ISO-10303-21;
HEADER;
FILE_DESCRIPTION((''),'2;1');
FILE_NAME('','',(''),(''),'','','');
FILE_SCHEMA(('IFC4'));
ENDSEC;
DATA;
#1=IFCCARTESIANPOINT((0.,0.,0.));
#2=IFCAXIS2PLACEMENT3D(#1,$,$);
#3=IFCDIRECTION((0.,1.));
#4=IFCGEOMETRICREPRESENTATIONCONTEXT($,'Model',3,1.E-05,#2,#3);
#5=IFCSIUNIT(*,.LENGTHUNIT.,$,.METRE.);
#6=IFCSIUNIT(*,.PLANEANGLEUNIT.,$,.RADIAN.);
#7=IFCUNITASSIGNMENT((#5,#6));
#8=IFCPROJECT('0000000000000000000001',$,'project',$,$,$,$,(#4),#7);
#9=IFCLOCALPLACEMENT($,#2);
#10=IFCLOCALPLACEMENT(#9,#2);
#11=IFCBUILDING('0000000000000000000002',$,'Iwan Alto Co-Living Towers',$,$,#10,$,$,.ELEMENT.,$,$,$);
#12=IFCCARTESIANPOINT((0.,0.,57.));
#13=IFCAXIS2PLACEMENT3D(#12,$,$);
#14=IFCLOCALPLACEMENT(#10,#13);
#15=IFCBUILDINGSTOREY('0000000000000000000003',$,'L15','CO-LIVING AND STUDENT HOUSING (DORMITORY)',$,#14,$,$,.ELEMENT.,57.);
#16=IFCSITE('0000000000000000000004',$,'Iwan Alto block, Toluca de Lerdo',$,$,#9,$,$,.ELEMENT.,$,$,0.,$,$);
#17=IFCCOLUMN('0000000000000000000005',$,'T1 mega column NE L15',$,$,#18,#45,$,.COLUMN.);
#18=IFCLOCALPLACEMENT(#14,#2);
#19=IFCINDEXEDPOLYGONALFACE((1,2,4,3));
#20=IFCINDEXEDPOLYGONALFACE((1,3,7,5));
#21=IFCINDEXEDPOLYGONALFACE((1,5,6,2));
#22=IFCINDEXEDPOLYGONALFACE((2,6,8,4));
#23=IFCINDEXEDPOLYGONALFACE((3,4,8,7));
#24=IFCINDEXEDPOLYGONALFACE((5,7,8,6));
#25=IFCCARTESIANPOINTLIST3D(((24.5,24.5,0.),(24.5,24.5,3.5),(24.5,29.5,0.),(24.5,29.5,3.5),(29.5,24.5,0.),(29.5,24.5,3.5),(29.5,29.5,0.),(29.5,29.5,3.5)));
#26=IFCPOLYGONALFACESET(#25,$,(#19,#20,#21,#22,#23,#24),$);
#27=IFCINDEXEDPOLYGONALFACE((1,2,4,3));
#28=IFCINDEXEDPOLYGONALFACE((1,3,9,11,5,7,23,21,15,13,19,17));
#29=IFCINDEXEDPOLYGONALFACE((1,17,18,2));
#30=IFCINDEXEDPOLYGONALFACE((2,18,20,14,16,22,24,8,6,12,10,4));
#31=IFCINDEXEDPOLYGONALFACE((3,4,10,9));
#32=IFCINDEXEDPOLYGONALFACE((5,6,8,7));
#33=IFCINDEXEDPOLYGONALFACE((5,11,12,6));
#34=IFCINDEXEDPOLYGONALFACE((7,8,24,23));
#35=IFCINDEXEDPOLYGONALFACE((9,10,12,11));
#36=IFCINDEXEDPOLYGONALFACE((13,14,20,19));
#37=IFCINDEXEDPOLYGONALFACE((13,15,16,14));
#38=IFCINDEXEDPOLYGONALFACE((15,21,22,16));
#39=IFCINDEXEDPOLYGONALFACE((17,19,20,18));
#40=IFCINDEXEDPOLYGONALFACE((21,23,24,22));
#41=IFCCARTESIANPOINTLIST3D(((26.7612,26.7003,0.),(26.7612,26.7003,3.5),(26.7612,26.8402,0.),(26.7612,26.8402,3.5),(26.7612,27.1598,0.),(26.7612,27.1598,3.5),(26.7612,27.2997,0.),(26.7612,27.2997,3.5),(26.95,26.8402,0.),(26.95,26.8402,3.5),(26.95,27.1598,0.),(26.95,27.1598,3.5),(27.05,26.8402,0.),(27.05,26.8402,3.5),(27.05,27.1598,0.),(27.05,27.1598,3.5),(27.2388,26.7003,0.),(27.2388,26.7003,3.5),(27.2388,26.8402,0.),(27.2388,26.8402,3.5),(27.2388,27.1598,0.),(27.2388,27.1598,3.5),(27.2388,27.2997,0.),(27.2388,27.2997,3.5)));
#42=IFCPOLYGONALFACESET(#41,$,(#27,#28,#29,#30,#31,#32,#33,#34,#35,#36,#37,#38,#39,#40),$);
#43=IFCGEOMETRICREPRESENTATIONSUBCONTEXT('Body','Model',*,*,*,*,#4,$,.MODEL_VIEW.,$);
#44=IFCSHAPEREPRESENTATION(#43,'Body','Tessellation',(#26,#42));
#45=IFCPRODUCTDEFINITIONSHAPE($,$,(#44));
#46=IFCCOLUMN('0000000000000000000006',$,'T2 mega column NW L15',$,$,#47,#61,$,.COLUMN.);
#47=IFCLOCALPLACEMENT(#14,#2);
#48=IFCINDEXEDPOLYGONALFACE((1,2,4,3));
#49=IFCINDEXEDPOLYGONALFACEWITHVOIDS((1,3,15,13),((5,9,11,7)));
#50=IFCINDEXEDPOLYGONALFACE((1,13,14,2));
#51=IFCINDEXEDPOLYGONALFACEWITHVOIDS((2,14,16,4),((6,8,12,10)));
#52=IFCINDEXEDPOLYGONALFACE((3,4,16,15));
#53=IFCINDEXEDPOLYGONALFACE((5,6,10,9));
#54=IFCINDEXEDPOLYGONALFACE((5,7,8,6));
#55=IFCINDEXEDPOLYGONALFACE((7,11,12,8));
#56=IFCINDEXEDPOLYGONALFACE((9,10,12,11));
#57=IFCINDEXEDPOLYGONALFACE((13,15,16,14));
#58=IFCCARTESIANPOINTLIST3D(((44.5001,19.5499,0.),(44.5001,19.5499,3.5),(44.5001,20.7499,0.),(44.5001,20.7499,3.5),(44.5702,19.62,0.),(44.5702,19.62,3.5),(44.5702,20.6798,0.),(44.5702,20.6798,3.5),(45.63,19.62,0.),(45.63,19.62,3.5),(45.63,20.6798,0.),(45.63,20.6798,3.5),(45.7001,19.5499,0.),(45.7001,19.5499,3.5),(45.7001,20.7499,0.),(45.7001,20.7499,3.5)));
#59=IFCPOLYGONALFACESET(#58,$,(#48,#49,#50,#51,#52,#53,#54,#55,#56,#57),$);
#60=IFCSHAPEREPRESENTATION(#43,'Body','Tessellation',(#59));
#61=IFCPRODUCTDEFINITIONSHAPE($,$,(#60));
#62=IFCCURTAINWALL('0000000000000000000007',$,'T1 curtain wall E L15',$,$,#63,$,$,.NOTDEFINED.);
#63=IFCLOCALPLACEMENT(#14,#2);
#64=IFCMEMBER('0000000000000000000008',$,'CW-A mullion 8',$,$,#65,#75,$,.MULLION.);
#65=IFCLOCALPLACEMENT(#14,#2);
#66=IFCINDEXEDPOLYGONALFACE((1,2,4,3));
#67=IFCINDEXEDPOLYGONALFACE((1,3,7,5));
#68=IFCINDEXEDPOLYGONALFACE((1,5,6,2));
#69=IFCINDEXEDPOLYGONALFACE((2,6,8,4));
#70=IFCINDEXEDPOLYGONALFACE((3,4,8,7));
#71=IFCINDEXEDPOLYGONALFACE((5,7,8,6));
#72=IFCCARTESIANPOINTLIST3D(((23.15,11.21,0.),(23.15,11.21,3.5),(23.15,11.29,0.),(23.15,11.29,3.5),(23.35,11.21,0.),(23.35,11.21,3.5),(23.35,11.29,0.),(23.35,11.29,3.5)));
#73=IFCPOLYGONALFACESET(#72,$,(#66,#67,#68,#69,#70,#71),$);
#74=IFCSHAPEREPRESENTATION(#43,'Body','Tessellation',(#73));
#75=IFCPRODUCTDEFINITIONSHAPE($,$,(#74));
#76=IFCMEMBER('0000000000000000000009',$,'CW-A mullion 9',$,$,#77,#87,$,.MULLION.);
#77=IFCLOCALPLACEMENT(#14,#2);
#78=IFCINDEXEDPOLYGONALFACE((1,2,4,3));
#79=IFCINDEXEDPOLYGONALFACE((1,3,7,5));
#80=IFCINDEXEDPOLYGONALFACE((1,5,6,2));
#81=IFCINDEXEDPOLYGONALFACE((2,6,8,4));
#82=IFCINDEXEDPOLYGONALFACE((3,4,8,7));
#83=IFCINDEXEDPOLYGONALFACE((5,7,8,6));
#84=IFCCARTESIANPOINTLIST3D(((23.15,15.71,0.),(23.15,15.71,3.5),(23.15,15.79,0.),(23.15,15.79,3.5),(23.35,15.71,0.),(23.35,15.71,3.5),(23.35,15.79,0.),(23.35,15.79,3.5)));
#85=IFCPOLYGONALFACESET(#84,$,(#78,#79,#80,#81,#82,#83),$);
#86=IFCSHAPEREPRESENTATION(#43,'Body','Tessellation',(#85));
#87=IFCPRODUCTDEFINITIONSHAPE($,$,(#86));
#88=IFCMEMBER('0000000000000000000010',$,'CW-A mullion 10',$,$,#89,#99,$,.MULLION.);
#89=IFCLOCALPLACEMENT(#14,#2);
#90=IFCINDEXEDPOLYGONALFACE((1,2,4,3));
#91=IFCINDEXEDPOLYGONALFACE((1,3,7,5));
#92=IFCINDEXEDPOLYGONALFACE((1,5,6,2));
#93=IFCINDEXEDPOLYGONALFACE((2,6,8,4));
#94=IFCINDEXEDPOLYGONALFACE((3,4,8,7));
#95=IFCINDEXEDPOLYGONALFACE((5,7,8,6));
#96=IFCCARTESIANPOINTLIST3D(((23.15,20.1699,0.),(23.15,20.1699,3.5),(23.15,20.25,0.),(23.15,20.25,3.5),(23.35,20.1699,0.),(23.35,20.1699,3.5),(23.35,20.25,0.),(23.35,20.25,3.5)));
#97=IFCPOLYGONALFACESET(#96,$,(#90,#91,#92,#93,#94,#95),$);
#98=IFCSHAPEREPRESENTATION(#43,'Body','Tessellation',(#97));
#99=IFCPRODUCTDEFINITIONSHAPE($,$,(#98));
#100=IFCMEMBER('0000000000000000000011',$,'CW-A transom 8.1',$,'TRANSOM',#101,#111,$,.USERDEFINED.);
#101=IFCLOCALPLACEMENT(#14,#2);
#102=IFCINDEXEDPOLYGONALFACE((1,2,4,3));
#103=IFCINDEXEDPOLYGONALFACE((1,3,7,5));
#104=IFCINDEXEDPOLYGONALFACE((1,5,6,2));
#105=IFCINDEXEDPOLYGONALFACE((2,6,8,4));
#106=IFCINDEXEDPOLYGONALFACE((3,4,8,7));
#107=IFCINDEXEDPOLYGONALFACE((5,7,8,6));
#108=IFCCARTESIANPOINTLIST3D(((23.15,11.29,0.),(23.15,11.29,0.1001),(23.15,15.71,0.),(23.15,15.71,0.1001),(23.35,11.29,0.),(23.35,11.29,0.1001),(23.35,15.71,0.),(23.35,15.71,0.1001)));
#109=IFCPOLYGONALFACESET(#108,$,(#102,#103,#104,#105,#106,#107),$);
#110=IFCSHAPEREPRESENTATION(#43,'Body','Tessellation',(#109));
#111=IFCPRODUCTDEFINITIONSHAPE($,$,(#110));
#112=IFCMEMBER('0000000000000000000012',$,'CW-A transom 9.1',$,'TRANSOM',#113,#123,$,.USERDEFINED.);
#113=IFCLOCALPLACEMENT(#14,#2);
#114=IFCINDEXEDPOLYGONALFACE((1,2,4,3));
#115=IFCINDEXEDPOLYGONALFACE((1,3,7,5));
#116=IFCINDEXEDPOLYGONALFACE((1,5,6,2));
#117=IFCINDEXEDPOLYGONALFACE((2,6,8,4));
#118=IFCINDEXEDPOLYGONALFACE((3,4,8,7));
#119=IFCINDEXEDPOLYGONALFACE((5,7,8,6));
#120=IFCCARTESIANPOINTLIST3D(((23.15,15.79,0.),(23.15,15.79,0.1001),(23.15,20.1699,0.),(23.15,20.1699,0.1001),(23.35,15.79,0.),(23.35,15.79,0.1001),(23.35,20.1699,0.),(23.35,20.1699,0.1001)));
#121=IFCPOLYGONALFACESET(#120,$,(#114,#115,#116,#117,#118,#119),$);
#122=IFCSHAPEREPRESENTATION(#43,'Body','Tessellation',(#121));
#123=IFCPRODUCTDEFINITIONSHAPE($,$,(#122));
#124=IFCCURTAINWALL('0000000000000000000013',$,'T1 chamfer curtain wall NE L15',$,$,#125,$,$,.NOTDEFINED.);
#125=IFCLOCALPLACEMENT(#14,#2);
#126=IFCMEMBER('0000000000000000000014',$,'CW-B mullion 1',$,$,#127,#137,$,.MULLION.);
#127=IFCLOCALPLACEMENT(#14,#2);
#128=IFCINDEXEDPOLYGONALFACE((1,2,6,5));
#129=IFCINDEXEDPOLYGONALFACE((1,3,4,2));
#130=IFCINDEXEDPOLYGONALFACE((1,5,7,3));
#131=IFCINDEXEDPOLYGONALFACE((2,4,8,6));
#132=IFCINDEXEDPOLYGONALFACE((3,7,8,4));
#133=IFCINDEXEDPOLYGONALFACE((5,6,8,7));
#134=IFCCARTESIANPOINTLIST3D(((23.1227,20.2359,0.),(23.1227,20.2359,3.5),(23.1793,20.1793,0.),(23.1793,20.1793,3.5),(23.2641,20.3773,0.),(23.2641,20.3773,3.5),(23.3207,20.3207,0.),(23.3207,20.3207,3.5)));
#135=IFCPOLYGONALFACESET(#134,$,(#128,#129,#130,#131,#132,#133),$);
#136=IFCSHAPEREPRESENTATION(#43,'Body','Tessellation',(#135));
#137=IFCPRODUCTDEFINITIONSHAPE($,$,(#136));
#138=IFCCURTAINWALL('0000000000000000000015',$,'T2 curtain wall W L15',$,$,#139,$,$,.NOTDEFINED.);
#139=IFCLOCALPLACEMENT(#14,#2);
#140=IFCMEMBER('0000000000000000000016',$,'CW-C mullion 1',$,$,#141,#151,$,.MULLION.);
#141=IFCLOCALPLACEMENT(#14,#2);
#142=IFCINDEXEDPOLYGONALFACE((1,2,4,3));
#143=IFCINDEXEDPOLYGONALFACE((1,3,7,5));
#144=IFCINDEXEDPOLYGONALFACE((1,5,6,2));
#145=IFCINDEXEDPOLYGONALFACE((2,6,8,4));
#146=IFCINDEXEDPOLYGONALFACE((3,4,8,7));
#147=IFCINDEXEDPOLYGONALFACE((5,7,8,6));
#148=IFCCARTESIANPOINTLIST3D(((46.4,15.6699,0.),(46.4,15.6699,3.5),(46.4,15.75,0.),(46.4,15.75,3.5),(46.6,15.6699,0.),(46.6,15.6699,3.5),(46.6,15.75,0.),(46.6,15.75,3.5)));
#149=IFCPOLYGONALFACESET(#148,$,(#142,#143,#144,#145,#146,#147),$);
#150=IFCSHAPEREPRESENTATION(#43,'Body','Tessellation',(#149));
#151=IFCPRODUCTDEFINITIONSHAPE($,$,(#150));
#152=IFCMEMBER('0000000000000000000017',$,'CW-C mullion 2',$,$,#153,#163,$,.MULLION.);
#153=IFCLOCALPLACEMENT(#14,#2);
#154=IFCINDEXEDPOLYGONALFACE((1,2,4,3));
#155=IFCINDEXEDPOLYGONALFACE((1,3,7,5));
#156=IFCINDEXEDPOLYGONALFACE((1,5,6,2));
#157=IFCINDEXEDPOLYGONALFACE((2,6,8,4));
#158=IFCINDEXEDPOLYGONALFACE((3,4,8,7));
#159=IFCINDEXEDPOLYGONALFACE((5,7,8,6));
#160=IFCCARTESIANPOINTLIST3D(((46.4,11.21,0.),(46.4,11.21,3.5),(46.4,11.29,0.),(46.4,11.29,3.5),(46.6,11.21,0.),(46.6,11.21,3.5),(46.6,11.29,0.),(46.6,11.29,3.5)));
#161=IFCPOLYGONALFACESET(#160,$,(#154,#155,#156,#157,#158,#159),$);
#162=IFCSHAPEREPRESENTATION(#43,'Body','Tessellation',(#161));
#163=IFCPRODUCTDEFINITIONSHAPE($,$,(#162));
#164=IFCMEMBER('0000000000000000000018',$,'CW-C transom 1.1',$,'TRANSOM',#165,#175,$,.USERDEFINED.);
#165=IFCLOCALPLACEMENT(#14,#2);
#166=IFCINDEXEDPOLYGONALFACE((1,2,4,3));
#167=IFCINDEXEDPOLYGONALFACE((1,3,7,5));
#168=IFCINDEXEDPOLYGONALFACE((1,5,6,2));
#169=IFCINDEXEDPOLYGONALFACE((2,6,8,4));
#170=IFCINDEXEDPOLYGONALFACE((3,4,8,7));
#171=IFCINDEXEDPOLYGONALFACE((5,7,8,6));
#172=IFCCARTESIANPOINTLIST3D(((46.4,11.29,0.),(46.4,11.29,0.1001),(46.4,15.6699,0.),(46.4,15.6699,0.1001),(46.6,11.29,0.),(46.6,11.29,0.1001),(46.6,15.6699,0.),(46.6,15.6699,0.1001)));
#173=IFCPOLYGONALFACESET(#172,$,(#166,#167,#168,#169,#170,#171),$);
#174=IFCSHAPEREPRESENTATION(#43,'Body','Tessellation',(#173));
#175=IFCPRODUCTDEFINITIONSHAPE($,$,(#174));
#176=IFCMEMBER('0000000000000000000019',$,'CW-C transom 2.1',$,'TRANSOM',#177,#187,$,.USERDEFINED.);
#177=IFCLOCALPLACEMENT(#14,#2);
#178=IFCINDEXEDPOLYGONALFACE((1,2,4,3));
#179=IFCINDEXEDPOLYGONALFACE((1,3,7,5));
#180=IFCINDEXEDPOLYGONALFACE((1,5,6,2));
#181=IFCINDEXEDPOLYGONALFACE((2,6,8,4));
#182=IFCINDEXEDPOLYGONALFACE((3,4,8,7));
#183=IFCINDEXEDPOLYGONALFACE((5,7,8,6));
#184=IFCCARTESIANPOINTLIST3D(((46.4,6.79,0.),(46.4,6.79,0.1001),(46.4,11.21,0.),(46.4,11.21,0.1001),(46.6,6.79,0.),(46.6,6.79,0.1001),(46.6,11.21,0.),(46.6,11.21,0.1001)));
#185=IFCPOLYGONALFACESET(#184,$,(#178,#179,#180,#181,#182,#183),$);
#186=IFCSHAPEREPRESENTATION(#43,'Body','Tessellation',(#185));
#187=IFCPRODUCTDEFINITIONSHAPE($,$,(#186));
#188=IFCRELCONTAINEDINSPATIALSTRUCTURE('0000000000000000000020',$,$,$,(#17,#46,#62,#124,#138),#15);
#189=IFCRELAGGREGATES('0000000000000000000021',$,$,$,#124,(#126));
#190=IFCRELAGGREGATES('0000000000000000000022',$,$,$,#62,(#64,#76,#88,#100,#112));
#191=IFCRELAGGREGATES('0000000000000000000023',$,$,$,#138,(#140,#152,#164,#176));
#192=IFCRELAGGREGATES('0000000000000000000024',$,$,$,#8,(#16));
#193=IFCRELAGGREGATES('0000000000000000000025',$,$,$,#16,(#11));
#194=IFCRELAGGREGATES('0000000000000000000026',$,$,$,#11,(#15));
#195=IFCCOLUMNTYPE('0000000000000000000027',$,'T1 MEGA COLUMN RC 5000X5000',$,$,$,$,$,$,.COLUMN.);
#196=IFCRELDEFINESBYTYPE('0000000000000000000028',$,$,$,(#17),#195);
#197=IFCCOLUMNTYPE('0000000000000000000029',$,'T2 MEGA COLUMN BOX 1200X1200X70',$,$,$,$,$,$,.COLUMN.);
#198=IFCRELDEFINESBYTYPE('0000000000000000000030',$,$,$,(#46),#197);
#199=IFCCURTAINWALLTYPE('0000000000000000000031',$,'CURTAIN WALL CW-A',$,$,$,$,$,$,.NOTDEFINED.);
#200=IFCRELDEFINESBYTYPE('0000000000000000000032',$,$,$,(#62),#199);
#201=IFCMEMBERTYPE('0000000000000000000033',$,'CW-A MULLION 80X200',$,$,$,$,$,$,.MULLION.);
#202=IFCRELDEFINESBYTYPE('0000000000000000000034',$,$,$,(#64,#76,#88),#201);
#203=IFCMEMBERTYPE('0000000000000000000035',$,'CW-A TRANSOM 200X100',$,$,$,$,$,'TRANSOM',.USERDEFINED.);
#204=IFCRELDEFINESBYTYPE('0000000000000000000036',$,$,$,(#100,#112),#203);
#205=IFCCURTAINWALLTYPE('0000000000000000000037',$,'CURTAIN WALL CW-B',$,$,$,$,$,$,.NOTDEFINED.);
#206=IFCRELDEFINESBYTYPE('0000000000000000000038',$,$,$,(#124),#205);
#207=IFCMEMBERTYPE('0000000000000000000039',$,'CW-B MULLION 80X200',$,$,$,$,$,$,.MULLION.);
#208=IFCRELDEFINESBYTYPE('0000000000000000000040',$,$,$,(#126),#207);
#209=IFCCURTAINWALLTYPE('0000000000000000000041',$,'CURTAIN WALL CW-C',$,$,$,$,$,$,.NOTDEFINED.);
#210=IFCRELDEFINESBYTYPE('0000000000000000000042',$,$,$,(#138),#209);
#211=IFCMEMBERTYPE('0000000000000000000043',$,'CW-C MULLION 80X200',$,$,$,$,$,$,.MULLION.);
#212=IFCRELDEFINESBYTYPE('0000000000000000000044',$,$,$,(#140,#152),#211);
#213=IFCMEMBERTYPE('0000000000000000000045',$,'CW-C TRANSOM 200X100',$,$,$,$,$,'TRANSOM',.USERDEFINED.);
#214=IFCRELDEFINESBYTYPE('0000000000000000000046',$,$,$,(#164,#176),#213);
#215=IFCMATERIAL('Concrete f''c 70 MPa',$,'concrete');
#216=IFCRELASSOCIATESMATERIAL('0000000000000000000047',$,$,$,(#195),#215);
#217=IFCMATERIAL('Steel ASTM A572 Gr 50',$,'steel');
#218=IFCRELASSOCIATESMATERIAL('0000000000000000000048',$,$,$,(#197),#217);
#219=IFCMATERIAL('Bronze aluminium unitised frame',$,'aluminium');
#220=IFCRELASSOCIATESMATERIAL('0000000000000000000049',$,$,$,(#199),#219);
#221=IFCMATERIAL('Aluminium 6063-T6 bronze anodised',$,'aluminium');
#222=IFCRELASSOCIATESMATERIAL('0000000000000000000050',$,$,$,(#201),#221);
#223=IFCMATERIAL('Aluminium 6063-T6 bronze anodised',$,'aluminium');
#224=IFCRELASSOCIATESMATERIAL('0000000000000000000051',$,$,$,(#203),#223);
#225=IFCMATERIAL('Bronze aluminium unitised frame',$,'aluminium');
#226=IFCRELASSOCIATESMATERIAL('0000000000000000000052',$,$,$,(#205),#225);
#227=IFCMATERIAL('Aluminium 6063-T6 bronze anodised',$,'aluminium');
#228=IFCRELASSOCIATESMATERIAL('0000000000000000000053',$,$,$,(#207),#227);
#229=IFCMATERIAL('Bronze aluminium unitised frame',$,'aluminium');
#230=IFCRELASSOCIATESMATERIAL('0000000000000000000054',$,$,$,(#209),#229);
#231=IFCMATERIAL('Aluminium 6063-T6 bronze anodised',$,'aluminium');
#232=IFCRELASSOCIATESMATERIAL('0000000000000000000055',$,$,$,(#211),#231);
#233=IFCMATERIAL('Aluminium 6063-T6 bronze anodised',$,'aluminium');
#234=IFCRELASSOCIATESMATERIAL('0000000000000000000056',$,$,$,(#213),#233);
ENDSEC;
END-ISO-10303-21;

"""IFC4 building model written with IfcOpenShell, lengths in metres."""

from ifc_helpers import new_model, si_unit, direction, frame, origin, origin_2d, place, context, subcontext, project, spatial, rectangle, hollow_rectangle, i_section, extrude, material, material_profile, profile_set, type_object, element, aggregate, save


model = new_model("IFC4")

# Units and contexts
model_context = context("Model", 3, precision=1e-05, world=origin(), true_north=direction((0.0, 1.0)))
body_context = subcontext(model_context, "Body", "Model", "MODEL_VIEW")
ifc_project = project(units=[si_unit("LENGTHUNIT", "METRE"), si_unit("PLANEANGLEUNIT", "RADIAN")], contexts=[model_context])

# Site, building, storey
site_placement = place(None, origin())
site = spatial("IfcSite", under=ifc_project, at=site_placement, Name="Iwan Alto block, Toluca de Lerdo", CompositionType="ELEMENT", RefElevation=0.0)
building_placement = place(site_placement, origin())
building = spatial("IfcBuilding", under=site, at=building_placement, Name="Iwan Alto Co-Living Towers", CompositionType="ELEMENT")
storey_placement = place(building_placement, frame((0.0, 0.0, 57.0)))
storey = spatial("IfcBuildingStorey", under=building, at=storey_placement, Name="L15", Description="CO-LIVING AND STUDENT HOUSING (DORMITORY)", CompositionType="ELEMENT", Elevation=57.0)

# Columns
ifc_material_1 = material(Name="Concrete f'c 70 MPa", Category="concrete")
ifc_material_profile_1 = material_profile(ifc_material_1, rectangle(XDim=5.0, YDim=5.0, at=origin_2d()), Name="RC 5000X5000")
ifc_profile_set_1 = profile_set([ifc_material_profile_1], Name="Concrete f'c 70 MPa")
column_type_1 = type_object("IfcColumnType", Name="T1 MEGA COLUMN RC 5000X5000", PredefinedType="COLUMN", material=ifc_profile_set_1)
column_1_placement = place(storey_placement, frame((27.0, 27.0, 0.0), z_axis=(0.0, 0.0, 1.0), x_axis=(1.0, 0.0, 0.0)))
element("IfcColumn", 1, at=column_1_placement, inside=storey, type_object=column_type_1, Name="T1 mega column NE L15", PredefinedType="COLUMN", context=body_context, shape_type="SweptSolid", body=[
    extrude(rectangle(XDim=5.0, YDim=5.0, at=origin_2d()), origin(), (0.0, 0.0, 1.0), 3.5),
    extrude(i_section(OverallWidth=0.4775, OverallDepth=0.5994, WebThickness=0.1001, FlangeThickness=0.1399, at=origin_2d()), origin(), (0.0, 0.0, 1.0), 3.5),
])
ifc_material_2 = material(Name="Steel ASTM A572 Gr 50", Category="steel")
ifc_material_profile_2 = material_profile(ifc_material_2, hollow_rectangle(XDim=1.2, YDim=1.2, WallThickness=0.0701, at=origin_2d()), Name="BOX 1200X1200X70")
ifc_profile_set_2 = profile_set([ifc_material_profile_2], Name="Steel ASTM A572 Gr 50")
column_type_2 = type_object("IfcColumnType", Name="T2 MEGA COLUMN BOX 1200X1200X70", PredefinedType="COLUMN", material=ifc_profile_set_2)
column_2_placement = place(storey_placement, frame((45.1001, 20.1499, 0.0), z_axis=(0.0, 0.0, 1.0), x_axis=(1.0, 0.0, 0.0)))
element("IfcColumn", 2, at=column_2_placement, inside=storey, type_object=column_type_2, Name="T2 mega column NW L15", PredefinedType="COLUMN", context=body_context, shape_type="SweptSolid", body=[
    extrude(hollow_rectangle(XDim=1.2, YDim=1.2, WallThickness=0.0701, at=origin_2d()), origin(), (0.0, 0.0, 1.0), 3.5),
])

# Curtain wall, members
ifc_material_3 = material(Name="Bronze aluminium unitised frame", Category="aluminium")
curtain_wall_type_1 = type_object("IfcCurtainWallType", Name="CURTAIN WALL CW-A", PredefinedType="NOTDEFINED", material=ifc_material_3)
curtain_wall_1_placement = place(storey_placement, origin())
curtain_wall_1 = element("IfcCurtainWall", 3, at=curtain_wall_1_placement, inside=storey, type_object=curtain_wall_type_1, Name="T1 curtain wall E L15", PredefinedType="NOTDEFINED")
ifc_material_4 = material(Name="Aluminium 6063-T6 bronze anodised", Category="aluminium")
ifc_material_profile_3 = material_profile(ifc_material_4, rectangle(XDim=0.2, YDim=0.0801, at=origin_2d()), Name="AL 80X200")
ifc_profile_set_3 = profile_set([ifc_material_profile_3], Name="Aluminium 6063-T6 bronze anodised")
member_type_1 = type_object("IfcMemberType", Name="CW-A MULLION 80X200", PredefinedType="MULLION", material=ifc_profile_set_3)
member_1_placement = place(storey_placement, frame((23.25, 11.25, 0.0), z_axis=(0.0, 0.0, 1.0), x_axis=(-1.0, 0.0, 0.0)))
member_1 = element("IfcMember", 4, at=member_1_placement, type_object=member_type_1, Name="CW-A mullion 8", PredefinedType="MULLION", context=body_context, shape_type="SweptSolid", body=[
    extrude(rectangle(XDim=0.2, YDim=0.0801, at=origin_2d()), origin(), (0.0, 0.0, 1.0), 3.5),
])
member_2_placement = place(storey_placement, frame((23.25, 15.75, 0.0), z_axis=(0.0, 0.0, 1.0), x_axis=(-1.0, 0.0, 0.0)))
member_2 = element("IfcMember", 5, at=member_2_placement, type_object=member_type_1, Name="CW-A mullion 9", PredefinedType="MULLION", context=body_context, shape_type="SweptSolid", body=[
    extrude(rectangle(XDim=0.2, YDim=0.0801, at=origin_2d()), origin(), (0.0, 0.0, 1.0), 3.5),
])
member_3_placement = place(storey_placement, frame((23.25, 20.21, 0.0), z_axis=(0.0, 0.0, 1.0), x_axis=(-1.0, 0.0, 0.0)))
member_3 = element("IfcMember", 6, at=member_3_placement, type_object=member_type_1, Name="CW-A mullion 10", PredefinedType="MULLION", context=body_context, shape_type="SweptSolid", body=[
    extrude(rectangle(XDim=0.2, YDim=0.0801, at=origin_2d()), origin(), (0.0, 0.0, 1.0), 3.5),
])
ifc_material_5 = material(Name="Aluminium 6063-T6 bronze anodised", Category="aluminium")
ifc_material_profile_4 = material_profile(ifc_material_5, rectangle(XDim=0.2, YDim=0.1001, at=origin_2d()), Name="AL 200X100")
ifc_profile_set_4 = profile_set([ifc_material_profile_4], Name="Aluminium 6063-T6 bronze anodised")
member_type_2 = type_object("IfcMemberType", Name="CW-A TRANSOM 200X100", ElementType="TRANSOM", PredefinedType="USERDEFINED", material=ifc_profile_set_4)
member_4_placement = place(storey_placement, frame((23.25, 11.29, 0.05), z_axis=(0.0, 1.0, 0.0), x_axis=(-1.0, 0.0, 0.0)))
member_4 = element("IfcMember", 7, at=member_4_placement, type_object=member_type_2, Name="CW-A transom 8.1", ObjectType="TRANSOM", PredefinedType="USERDEFINED", context=body_context, shape_type="SweptSolid", body=[
    extrude(rectangle(XDim=0.2, YDim=0.1001, at=origin_2d()), origin(), (0.0, 0.0, 1.0), 4.4199),
])
member_5_placement = place(storey_placement, frame((23.25, 15.79, 0.05), z_axis=(0.0, 1.0, 0.0), x_axis=(-1.0, 0.0, 0.0)))
member_5 = element("IfcMember", 8, at=member_5_placement, type_object=member_type_2, Name="CW-A transom 9.1", ObjectType="TRANSOM", PredefinedType="USERDEFINED", context=body_context, shape_type="SweptSolid", body=[
    extrude(rectangle(XDim=0.2, YDim=0.1001, at=origin_2d()), origin(), (0.0, 0.0, 1.0), 4.3799),
])

# Curtain wall, member
ifc_material_6 = material(Name="Bronze aluminium unitised frame", Category="aluminium")
curtain_wall_type_2 = type_object("IfcCurtainWallType", Name="CURTAIN WALL CW-B", PredefinedType="NOTDEFINED", material=ifc_material_6)
curtain_wall_2_placement = place(storey_placement, origin())
curtain_wall_2 = element("IfcCurtainWall", 9, at=curtain_wall_2_placement, inside=storey, type_object=curtain_wall_type_2, Name="T1 chamfer curtain wall NE L15", PredefinedType="NOTDEFINED")
ifc_material_7 = material(Name="Aluminium 6063-T6 bronze anodised", Category="aluminium")
ifc_material_profile_5 = material_profile(ifc_material_7, rectangle(XDim=0.2, YDim=0.0801, at=origin_2d()), Name="AL 80X200")
ifc_profile_set_5 = profile_set([ifc_material_profile_5], Name="Aluminium 6063-T6 bronze anodised")
member_type_3 = type_object("IfcMemberType", Name="CW-B MULLION 80X200", PredefinedType="MULLION", material=ifc_profile_set_5)
member_6_placement = place(storey_placement, frame((23.2217, 20.2783, 0.0), z_axis=(0.0, 0.0, 1.0), x_axis=(-0.707107, -0.707107, 0.0)))
member_6 = element("IfcMember", 10, at=member_6_placement, type_object=member_type_3, Name="CW-B mullion 1", PredefinedType="MULLION", context=body_context, shape_type="SweptSolid", body=[
    extrude(rectangle(XDim=0.2, YDim=0.0801, at=origin_2d()), origin(), (0.0, 0.0, 1.0), 3.5),
])
aggregate(curtain_wall_2, [member_6])

# Curtain wall, members
ifc_material_8 = material(Name="Bronze aluminium unitised frame", Category="aluminium")
curtain_wall_type_3 = type_object("IfcCurtainWallType", Name="CURTAIN WALL CW-C", PredefinedType="NOTDEFINED", material=ifc_material_8)
curtain_wall_3_placement = place(storey_placement, origin())
curtain_wall_3 = element("IfcCurtainWall", 11, at=curtain_wall_3_placement, inside=storey, type_object=curtain_wall_type_3, Name="T2 curtain wall W L15", PredefinedType="NOTDEFINED")
ifc_material_9 = material(Name="Aluminium 6063-T6 bronze anodised", Category="aluminium")
ifc_material_profile_6 = material_profile(ifc_material_9, rectangle(XDim=0.2, YDim=0.0801, at=origin_2d()), Name="AL 80X200")
ifc_profile_set_6 = profile_set([ifc_material_profile_6], Name="Aluminium 6063-T6 bronze anodised")
member_type_4 = type_object("IfcMemberType", Name="CW-C MULLION 80X200", PredefinedType="MULLION", material=ifc_profile_set_6)
member_7_placement = place(storey_placement, frame((46.5, 15.71, 0.0), z_axis=(0.0, 0.0, 1.0), x_axis=(1.0, 0.0, 0.0)))
member_7 = element("IfcMember", 12, at=member_7_placement, type_object=member_type_4, Name="CW-C mullion 1", PredefinedType="MULLION", context=body_context, shape_type="SweptSolid", body=[
    extrude(rectangle(XDim=0.2, YDim=0.0801, at=origin_2d()), origin(), (0.0, 0.0, 1.0), 3.5),
])
member_8_placement = place(storey_placement, frame((46.5, 11.25, 0.0), z_axis=(0.0, 0.0, 1.0), x_axis=(1.0, 0.0, 0.0)))
member_8 = element("IfcMember", 13, at=member_8_placement, type_object=member_type_4, Name="CW-C mullion 2", PredefinedType="MULLION", context=body_context, shape_type="SweptSolid", body=[
    extrude(rectangle(XDim=0.2, YDim=0.0801, at=origin_2d()), origin(), (0.0, 0.0, 1.0), 3.5),
])
ifc_material_10 = material(Name="Aluminium 6063-T6 bronze anodised", Category="aluminium")
ifc_material_profile_7 = material_profile(ifc_material_10, rectangle(XDim=0.2, YDim=0.1001, at=origin_2d()), Name="AL 200X100")
ifc_profile_set_7 = profile_set([ifc_material_profile_7], Name="Aluminium 6063-T6 bronze anodised")
member_type_5 = type_object("IfcMemberType", Name="CW-C TRANSOM 200X100", ElementType="TRANSOM", PredefinedType="USERDEFINED", material=ifc_profile_set_7)
member_9_placement = place(storey_placement, frame((46.5, 15.6699, 0.05), z_axis=(0.0, -1.0, 0.0), x_axis=(1.0, 0.0, 0.0)))
member_9 = element("IfcMember", 14, at=member_9_placement, type_object=member_type_5, Name="CW-C transom 1.1", ObjectType="TRANSOM", PredefinedType="USERDEFINED", context=body_context, shape_type="SweptSolid", body=[
    extrude(rectangle(XDim=0.2, YDim=0.1001, at=origin_2d()), origin(), (0.0, 0.0, 1.0), 4.3799),
])
member_10_placement = place(storey_placement, frame((46.5, 11.21, 0.05), z_axis=(0.0, -1.0, 0.0), x_axis=(1.0, 0.0, 0.0)))
member_10 = element("IfcMember", 15, at=member_10_placement, type_object=member_type_5, Name="CW-C transom 2.1", ObjectType="TRANSOM", PredefinedType="USERDEFINED", context=body_context, shape_type="SweptSolid", body=[
    extrude(rectangle(XDim=0.2, YDim=0.1001, at=origin_2d()), origin(), (0.0, 0.0, 1.0), 4.4199),
])

aggregate(curtain_wall_1, [member_1, member_2, member_3, member_4, member_5])
aggregate(curtain_wall_3, [member_7, member_8, member_9, member_10])

save(model, "model.ifc")
